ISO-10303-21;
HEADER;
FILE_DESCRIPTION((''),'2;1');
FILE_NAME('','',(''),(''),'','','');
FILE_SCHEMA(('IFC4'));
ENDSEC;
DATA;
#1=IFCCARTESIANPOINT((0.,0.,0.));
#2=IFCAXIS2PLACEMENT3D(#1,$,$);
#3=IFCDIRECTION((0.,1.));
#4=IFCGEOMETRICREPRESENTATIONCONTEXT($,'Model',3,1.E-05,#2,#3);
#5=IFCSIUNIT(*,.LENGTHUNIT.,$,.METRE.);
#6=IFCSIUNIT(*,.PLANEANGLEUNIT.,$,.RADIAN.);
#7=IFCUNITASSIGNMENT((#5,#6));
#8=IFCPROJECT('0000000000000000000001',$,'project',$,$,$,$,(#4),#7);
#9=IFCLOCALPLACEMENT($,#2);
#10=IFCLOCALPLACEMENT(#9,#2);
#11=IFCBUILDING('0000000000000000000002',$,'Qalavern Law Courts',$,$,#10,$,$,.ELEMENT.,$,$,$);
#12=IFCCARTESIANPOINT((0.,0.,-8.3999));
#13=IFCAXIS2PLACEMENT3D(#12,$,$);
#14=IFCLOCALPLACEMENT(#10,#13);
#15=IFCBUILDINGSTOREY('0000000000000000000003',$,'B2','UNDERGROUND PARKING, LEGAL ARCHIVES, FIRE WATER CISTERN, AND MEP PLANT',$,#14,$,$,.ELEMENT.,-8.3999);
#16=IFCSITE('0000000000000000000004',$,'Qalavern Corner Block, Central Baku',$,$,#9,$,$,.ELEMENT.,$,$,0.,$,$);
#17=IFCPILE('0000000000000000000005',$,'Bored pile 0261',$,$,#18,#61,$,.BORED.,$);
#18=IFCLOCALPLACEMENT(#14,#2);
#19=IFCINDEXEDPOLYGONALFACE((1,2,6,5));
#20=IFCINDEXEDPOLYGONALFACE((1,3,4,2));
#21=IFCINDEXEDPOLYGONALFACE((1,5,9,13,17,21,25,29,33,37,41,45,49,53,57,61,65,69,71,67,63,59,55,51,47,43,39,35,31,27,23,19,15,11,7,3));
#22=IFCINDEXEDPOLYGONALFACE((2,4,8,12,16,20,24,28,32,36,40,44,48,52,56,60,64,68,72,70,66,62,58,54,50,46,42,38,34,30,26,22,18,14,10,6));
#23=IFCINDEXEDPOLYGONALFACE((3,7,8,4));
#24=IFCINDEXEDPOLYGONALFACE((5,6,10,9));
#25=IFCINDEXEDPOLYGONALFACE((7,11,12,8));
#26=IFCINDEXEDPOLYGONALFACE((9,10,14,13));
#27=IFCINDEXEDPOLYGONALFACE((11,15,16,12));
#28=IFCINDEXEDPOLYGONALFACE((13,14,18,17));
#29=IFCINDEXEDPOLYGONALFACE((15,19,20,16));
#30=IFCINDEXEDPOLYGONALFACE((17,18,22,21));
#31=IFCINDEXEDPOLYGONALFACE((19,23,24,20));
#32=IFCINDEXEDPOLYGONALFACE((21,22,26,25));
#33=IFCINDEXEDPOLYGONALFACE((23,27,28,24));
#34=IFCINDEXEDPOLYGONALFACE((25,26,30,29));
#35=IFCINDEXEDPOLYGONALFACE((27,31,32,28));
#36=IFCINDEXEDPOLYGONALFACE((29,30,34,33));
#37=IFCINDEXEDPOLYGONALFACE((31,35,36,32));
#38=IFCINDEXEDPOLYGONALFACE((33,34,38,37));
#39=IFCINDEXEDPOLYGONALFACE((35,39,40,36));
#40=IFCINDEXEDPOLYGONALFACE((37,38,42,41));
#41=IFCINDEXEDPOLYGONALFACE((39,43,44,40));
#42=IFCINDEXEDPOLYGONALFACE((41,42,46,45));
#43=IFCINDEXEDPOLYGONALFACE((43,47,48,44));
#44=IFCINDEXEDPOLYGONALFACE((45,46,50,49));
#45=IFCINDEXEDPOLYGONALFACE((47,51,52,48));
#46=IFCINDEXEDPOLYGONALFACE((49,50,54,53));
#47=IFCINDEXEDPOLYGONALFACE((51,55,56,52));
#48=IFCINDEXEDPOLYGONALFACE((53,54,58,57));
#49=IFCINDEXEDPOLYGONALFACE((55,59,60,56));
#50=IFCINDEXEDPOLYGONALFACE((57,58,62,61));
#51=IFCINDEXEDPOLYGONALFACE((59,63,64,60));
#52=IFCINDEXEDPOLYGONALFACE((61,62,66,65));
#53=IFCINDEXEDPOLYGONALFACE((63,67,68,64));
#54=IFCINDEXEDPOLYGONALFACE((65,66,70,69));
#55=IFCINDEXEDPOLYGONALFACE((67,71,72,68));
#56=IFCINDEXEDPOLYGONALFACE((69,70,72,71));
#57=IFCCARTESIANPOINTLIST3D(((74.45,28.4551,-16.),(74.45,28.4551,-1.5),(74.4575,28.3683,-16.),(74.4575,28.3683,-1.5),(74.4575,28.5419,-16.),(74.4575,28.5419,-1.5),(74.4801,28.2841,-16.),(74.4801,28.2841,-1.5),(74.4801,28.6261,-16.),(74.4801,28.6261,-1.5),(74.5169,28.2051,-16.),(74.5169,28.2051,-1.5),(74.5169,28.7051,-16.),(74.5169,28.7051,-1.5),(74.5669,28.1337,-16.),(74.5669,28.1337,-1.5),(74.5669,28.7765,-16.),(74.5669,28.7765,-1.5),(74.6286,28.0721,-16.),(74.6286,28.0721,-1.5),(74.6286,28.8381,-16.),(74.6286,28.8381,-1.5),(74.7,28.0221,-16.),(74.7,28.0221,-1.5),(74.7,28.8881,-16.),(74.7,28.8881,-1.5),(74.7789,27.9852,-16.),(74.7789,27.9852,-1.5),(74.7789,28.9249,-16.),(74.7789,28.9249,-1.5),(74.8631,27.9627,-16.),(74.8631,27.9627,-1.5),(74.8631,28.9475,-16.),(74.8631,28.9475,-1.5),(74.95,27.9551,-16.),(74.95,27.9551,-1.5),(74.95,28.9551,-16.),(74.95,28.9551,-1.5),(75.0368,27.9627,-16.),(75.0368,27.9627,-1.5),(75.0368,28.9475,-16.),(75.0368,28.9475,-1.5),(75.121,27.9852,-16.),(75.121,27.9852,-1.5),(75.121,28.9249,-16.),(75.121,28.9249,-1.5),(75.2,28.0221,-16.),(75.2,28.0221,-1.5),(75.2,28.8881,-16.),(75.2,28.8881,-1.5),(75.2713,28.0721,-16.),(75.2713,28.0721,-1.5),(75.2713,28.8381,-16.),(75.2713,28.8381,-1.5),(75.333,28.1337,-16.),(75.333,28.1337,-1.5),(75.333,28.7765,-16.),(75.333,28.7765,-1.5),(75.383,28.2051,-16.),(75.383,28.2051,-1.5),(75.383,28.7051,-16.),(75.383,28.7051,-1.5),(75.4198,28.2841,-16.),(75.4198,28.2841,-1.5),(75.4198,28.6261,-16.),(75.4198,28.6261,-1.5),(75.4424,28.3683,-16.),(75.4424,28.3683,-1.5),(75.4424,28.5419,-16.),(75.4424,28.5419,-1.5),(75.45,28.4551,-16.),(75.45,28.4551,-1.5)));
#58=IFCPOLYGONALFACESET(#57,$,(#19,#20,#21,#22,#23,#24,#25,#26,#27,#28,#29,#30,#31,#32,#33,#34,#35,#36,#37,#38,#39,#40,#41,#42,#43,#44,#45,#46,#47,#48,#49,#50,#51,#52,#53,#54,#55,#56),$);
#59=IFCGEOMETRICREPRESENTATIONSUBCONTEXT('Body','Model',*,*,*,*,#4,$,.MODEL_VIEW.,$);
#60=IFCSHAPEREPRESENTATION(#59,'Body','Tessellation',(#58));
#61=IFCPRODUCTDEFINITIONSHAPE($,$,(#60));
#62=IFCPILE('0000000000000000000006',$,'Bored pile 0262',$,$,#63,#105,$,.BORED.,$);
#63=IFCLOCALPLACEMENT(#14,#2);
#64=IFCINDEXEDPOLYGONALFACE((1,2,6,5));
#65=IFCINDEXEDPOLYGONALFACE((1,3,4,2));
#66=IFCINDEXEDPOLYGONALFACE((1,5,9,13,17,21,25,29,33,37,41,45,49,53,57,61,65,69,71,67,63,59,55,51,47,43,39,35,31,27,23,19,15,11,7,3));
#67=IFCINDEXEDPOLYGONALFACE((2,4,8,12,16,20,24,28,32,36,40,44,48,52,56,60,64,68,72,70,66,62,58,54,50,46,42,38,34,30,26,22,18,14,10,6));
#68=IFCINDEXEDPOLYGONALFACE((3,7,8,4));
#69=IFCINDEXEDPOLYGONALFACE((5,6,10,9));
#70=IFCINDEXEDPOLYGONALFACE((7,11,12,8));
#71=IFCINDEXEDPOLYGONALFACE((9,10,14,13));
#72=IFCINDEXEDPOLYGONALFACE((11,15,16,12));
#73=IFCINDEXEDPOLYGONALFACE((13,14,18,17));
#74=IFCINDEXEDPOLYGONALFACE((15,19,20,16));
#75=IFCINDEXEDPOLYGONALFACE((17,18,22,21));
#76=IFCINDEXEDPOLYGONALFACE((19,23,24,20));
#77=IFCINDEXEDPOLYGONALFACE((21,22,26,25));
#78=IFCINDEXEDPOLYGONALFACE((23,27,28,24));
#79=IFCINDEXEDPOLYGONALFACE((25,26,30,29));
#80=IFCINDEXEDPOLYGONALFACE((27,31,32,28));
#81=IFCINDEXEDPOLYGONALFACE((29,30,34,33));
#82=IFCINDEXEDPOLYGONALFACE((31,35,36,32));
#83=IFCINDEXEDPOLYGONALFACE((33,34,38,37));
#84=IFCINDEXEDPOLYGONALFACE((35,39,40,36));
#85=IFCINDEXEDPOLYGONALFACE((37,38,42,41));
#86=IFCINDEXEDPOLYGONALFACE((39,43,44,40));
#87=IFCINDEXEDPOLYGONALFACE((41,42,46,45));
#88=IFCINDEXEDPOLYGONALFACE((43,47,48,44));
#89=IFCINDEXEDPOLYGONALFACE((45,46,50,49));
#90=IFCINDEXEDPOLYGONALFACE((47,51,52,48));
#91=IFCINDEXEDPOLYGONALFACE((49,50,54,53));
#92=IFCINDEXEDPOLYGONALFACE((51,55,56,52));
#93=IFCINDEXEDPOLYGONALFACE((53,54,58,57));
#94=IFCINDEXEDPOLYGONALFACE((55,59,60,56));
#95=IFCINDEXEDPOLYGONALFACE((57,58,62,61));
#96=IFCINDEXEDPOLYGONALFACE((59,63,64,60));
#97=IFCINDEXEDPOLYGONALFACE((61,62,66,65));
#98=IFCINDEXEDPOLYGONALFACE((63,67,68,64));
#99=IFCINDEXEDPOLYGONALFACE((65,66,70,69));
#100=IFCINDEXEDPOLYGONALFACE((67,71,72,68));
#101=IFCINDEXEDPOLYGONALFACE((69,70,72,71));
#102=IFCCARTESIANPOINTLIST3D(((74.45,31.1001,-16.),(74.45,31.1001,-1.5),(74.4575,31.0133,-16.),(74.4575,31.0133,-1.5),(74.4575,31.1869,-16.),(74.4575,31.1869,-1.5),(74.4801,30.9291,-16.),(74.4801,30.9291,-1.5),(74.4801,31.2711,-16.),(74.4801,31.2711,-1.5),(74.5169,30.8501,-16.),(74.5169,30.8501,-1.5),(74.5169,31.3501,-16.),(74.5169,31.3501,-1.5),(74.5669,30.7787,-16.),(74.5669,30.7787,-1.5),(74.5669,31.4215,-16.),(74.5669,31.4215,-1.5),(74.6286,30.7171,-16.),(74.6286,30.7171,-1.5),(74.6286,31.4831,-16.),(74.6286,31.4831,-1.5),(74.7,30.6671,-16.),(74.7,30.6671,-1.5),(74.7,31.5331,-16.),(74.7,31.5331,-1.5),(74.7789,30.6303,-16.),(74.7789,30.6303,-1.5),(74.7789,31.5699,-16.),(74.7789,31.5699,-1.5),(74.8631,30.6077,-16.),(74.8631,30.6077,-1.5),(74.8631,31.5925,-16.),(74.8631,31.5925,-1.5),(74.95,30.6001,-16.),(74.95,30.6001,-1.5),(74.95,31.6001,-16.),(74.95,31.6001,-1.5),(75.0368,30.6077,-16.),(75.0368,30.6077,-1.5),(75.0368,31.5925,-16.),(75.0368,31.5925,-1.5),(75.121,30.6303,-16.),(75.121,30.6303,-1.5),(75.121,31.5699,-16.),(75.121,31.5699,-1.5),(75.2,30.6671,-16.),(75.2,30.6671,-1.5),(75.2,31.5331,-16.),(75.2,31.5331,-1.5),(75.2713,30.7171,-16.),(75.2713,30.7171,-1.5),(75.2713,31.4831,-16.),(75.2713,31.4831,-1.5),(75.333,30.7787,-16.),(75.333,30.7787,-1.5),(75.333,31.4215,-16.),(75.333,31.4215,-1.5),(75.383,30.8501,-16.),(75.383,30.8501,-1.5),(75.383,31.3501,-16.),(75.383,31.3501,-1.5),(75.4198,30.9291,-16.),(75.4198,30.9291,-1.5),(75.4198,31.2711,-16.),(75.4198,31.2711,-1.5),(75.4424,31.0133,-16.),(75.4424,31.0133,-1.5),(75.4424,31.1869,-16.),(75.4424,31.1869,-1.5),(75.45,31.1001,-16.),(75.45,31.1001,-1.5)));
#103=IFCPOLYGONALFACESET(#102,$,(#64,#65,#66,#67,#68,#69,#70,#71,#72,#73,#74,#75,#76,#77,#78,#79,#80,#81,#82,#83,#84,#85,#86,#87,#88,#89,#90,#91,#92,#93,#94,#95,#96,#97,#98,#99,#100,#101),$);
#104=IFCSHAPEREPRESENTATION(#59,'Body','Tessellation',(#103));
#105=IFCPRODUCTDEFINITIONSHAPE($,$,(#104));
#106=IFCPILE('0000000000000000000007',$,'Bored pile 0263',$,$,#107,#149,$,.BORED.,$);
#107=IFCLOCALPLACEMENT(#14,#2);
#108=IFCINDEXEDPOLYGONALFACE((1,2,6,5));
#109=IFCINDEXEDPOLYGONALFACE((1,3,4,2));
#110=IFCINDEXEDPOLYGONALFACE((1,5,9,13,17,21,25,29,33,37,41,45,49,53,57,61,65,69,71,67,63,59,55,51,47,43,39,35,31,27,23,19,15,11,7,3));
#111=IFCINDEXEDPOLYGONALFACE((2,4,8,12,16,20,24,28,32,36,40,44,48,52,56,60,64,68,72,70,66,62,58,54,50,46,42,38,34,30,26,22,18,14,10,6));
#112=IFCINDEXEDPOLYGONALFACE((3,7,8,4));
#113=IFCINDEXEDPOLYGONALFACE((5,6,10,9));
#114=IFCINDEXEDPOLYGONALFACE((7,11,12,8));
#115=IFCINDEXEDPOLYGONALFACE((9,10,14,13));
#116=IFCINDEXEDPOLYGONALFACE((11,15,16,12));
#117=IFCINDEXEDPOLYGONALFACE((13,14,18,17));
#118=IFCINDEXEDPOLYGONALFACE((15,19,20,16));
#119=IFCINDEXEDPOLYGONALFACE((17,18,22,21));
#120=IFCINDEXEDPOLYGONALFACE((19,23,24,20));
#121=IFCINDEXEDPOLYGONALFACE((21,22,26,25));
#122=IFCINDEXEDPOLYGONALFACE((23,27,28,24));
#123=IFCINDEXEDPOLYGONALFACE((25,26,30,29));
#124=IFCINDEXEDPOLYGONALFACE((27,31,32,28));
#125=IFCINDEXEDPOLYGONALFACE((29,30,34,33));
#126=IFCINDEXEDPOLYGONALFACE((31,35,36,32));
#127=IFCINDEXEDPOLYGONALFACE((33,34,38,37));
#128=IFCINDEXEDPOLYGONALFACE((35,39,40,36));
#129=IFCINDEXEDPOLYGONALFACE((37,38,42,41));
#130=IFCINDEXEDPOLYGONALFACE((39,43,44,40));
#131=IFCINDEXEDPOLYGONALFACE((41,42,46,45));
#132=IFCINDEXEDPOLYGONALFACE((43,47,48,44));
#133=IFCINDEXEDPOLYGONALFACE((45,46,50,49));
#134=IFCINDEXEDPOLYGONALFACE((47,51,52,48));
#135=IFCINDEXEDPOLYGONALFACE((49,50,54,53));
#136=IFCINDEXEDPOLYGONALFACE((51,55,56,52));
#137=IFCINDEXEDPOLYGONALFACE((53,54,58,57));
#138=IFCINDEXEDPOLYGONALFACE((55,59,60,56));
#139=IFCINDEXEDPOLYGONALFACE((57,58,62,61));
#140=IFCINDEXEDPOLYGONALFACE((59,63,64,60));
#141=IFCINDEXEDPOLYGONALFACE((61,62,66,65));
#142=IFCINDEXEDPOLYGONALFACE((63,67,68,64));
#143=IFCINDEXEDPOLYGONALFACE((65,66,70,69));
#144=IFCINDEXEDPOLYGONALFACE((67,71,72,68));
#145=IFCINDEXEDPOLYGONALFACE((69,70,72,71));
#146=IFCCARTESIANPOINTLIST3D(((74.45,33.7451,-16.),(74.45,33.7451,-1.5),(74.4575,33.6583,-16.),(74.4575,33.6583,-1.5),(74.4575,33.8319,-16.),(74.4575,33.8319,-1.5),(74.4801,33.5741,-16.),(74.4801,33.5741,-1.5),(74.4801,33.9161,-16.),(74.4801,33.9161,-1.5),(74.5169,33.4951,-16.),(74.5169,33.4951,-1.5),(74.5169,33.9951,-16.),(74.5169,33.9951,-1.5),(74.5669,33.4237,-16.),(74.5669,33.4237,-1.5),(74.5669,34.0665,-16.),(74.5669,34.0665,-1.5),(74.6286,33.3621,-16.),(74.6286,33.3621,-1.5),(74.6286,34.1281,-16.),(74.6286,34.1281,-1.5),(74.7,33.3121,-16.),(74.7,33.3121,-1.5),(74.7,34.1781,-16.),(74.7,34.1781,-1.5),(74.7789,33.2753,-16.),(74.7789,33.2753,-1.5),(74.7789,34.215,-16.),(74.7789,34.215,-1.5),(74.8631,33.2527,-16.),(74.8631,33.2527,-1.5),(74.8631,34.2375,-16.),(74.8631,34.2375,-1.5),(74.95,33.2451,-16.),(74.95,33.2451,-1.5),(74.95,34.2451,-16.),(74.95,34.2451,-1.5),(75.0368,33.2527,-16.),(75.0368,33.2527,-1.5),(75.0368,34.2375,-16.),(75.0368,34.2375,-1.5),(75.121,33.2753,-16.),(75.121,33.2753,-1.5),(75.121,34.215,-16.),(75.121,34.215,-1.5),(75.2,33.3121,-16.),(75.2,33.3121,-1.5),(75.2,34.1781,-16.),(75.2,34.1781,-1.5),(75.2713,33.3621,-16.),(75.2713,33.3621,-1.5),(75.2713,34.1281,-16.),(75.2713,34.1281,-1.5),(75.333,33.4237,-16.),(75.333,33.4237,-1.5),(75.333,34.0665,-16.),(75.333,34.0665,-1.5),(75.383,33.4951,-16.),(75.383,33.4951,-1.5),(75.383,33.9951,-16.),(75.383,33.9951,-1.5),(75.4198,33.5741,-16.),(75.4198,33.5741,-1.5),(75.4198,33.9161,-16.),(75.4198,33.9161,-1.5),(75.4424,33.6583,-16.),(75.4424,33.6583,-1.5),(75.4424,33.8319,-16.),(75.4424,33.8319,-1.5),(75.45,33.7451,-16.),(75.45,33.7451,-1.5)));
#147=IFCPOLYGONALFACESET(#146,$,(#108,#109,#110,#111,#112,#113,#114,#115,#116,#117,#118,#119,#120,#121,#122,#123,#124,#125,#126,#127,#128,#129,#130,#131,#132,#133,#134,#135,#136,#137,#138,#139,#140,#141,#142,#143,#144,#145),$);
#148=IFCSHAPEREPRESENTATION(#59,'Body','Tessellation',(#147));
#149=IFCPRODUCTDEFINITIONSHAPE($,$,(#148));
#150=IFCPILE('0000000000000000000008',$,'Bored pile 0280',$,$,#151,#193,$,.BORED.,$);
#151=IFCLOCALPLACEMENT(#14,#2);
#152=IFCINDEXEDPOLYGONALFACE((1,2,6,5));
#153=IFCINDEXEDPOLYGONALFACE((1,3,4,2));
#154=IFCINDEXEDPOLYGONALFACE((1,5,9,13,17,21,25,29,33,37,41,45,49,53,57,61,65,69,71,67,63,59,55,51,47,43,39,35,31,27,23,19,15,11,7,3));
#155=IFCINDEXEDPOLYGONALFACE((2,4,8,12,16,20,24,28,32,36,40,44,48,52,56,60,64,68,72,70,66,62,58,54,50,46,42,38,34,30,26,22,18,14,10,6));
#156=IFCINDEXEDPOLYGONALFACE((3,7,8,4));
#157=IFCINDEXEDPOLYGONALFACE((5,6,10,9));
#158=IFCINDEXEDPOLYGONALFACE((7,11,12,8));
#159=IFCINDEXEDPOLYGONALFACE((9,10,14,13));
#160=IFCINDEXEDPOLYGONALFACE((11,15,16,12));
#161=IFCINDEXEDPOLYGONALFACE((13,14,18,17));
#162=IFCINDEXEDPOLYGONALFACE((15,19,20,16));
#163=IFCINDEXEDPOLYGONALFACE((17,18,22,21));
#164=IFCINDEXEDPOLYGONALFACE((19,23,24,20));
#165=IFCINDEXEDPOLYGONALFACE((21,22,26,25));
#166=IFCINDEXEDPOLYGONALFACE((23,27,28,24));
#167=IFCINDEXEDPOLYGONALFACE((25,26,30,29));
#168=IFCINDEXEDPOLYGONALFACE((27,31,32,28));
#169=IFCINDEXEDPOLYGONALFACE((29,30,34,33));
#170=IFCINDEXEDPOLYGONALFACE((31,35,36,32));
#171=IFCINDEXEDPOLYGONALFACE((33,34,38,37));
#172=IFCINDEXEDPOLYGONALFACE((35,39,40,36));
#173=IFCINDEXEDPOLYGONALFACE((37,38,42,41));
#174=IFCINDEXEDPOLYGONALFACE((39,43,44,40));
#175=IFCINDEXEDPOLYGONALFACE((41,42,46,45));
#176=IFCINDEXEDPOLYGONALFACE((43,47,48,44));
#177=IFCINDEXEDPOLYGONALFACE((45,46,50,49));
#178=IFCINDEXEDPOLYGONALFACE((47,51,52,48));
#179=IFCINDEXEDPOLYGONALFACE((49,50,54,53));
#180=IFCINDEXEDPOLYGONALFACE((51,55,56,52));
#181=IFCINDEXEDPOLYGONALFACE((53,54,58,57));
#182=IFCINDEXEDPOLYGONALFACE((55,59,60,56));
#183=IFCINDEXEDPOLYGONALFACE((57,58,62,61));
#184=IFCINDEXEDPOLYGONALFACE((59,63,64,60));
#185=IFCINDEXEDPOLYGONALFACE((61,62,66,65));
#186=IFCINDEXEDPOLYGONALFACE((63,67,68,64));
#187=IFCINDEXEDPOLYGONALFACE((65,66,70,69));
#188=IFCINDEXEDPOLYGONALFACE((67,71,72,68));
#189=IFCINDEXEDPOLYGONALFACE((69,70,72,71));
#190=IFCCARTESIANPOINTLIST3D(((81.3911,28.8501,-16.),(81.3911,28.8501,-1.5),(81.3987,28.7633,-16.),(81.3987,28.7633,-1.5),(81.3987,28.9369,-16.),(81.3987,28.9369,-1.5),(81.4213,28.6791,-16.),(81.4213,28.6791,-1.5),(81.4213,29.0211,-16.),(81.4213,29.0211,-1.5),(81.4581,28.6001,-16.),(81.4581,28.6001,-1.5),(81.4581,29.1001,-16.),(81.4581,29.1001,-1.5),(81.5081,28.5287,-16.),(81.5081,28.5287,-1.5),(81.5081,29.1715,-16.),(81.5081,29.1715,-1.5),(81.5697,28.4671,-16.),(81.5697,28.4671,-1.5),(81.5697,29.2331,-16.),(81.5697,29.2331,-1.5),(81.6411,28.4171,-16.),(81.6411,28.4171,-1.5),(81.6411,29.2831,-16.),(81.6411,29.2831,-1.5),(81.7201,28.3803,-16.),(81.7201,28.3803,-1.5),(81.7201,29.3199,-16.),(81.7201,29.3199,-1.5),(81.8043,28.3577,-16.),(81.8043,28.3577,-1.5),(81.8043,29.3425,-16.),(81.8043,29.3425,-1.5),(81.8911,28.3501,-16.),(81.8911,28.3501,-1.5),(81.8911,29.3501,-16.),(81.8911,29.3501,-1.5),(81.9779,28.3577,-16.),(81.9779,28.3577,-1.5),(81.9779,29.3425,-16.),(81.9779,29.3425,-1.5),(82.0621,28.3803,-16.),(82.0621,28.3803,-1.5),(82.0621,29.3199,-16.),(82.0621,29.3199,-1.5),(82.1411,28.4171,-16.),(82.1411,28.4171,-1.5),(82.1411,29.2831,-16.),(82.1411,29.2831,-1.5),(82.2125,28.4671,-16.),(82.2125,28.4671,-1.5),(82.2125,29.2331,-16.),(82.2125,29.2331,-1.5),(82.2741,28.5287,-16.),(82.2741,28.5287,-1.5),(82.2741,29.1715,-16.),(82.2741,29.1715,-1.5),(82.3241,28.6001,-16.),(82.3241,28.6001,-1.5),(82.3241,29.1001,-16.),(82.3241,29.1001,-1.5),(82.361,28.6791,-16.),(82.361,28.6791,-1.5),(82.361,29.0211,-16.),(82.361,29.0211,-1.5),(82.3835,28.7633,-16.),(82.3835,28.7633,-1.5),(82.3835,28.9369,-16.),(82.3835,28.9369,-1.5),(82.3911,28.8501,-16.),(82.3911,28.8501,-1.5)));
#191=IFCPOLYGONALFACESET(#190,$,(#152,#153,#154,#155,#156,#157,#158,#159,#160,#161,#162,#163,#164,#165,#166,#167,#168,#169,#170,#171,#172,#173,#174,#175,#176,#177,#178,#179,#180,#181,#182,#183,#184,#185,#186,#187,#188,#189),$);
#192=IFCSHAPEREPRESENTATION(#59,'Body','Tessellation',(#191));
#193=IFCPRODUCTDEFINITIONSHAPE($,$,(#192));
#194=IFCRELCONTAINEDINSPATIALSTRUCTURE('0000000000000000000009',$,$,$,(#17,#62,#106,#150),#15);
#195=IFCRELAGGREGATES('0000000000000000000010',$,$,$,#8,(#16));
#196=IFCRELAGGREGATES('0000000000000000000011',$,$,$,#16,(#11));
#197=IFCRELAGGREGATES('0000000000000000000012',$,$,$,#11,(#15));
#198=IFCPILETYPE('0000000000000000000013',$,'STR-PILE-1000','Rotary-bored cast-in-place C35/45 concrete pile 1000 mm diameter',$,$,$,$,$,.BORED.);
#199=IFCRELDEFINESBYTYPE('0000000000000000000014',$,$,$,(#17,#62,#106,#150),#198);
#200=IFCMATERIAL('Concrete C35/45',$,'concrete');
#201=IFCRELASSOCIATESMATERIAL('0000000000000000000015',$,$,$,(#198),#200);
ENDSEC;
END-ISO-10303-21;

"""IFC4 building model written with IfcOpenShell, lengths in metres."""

from ifc_helpers import new_model, si_unit, direction, frame, origin, origin_2d, place, context, subcontext, project, spatial, circle, extrude, material, material_profile, profile_set, type_object, element, save


model = new_model("IFC4")

# Units and contexts
model_context = context("Model", 3, precision=1e-05, world=origin(), true_north=direction((0.0, 1.0)))
body_context = subcontext(model_context, "Body", "Model", "MODEL_VIEW")
ifc_project = project(units=[si_unit("LENGTHUNIT", "METRE"), si_unit("PLANEANGLEUNIT", "RADIAN")], contexts=[model_context])

# Site, building, storey
site_placement = place(None, origin())
site = spatial("IfcSite", under=ifc_project, at=site_placement, Name="Qalavern Corner Block, Central Baku", CompositionType="ELEMENT", RefElevation=0.0)
building_placement = place(site_placement, origin())
building = spatial("IfcBuilding", under=site, at=building_placement, Name="Qalavern Law Courts", CompositionType="ELEMENT")
storey_placement = place(building_placement, frame((0.0, 0.0, -8.3999)))
storey = spatial("IfcBuildingStorey", under=building, at=storey_placement, Name="B2", Description="UNDERGROUND PARKING, LEGAL ARCHIVES, FIRE WATER CISTERN, AND MEP PLANT", CompositionType="ELEMENT", Elevation=-8.3999)

# Shared definitions
ifc_material_1 = material(Name="Concrete C35/45", Category="concrete")

# Piles
ifc_material_profile_1 = material_profile(ifc_material_1, circle(Radius=0.5, at=origin_2d()), Name="BORED PILE 1000")
ifc_profile_set_1 = profile_set([ifc_material_profile_1], Name="Concrete C35/45")
pile_type_1 = type_object("IfcPileType", Name="STR-PILE-1000", Description="Rotary-bored cast-in-place C35/45 concrete pile 1000 mm diameter", PredefinedType="BORED", material=ifc_profile_set_1)
for number, where, z_axis, x_axis, name in (
    (1, (74.95, 28.4551, -1.5), (0.0, 0.0, -1.0), (1.0, 0.0, 0.0), "Bored pile 0261"),
    (2, (74.95, 31.1001, -1.5), (0.0, 0.0, -1.0), (1.0, 0.0, 0.0), "Bored pile 0262"),
    (3, (74.95, 33.7451, -1.5), (0.0, 0.0, -1.0), (1.0, 0.0, 0.0), "Bored pile 0263"),
    (4, (81.8911, 28.8501, -1.5), (0.0, 0.0, -1.0), (1.0, 0.0, 0.0), "Bored pile 0280"),
):
    element("IfcPile", number, at=place(storey_placement, frame(where, z_axis=z_axis, x_axis=x_axis)), inside=storey, type_object=pile_type_1, Name=name, PredefinedType="BORED", context=body_context, shape_type="SweptSolid", body=[
        extrude(circle(Radius=0.5, at=origin_2d()), origin(), (0.0, 0.0, 1.0), 14.5),
    ])

save(model, "model.ifc")
